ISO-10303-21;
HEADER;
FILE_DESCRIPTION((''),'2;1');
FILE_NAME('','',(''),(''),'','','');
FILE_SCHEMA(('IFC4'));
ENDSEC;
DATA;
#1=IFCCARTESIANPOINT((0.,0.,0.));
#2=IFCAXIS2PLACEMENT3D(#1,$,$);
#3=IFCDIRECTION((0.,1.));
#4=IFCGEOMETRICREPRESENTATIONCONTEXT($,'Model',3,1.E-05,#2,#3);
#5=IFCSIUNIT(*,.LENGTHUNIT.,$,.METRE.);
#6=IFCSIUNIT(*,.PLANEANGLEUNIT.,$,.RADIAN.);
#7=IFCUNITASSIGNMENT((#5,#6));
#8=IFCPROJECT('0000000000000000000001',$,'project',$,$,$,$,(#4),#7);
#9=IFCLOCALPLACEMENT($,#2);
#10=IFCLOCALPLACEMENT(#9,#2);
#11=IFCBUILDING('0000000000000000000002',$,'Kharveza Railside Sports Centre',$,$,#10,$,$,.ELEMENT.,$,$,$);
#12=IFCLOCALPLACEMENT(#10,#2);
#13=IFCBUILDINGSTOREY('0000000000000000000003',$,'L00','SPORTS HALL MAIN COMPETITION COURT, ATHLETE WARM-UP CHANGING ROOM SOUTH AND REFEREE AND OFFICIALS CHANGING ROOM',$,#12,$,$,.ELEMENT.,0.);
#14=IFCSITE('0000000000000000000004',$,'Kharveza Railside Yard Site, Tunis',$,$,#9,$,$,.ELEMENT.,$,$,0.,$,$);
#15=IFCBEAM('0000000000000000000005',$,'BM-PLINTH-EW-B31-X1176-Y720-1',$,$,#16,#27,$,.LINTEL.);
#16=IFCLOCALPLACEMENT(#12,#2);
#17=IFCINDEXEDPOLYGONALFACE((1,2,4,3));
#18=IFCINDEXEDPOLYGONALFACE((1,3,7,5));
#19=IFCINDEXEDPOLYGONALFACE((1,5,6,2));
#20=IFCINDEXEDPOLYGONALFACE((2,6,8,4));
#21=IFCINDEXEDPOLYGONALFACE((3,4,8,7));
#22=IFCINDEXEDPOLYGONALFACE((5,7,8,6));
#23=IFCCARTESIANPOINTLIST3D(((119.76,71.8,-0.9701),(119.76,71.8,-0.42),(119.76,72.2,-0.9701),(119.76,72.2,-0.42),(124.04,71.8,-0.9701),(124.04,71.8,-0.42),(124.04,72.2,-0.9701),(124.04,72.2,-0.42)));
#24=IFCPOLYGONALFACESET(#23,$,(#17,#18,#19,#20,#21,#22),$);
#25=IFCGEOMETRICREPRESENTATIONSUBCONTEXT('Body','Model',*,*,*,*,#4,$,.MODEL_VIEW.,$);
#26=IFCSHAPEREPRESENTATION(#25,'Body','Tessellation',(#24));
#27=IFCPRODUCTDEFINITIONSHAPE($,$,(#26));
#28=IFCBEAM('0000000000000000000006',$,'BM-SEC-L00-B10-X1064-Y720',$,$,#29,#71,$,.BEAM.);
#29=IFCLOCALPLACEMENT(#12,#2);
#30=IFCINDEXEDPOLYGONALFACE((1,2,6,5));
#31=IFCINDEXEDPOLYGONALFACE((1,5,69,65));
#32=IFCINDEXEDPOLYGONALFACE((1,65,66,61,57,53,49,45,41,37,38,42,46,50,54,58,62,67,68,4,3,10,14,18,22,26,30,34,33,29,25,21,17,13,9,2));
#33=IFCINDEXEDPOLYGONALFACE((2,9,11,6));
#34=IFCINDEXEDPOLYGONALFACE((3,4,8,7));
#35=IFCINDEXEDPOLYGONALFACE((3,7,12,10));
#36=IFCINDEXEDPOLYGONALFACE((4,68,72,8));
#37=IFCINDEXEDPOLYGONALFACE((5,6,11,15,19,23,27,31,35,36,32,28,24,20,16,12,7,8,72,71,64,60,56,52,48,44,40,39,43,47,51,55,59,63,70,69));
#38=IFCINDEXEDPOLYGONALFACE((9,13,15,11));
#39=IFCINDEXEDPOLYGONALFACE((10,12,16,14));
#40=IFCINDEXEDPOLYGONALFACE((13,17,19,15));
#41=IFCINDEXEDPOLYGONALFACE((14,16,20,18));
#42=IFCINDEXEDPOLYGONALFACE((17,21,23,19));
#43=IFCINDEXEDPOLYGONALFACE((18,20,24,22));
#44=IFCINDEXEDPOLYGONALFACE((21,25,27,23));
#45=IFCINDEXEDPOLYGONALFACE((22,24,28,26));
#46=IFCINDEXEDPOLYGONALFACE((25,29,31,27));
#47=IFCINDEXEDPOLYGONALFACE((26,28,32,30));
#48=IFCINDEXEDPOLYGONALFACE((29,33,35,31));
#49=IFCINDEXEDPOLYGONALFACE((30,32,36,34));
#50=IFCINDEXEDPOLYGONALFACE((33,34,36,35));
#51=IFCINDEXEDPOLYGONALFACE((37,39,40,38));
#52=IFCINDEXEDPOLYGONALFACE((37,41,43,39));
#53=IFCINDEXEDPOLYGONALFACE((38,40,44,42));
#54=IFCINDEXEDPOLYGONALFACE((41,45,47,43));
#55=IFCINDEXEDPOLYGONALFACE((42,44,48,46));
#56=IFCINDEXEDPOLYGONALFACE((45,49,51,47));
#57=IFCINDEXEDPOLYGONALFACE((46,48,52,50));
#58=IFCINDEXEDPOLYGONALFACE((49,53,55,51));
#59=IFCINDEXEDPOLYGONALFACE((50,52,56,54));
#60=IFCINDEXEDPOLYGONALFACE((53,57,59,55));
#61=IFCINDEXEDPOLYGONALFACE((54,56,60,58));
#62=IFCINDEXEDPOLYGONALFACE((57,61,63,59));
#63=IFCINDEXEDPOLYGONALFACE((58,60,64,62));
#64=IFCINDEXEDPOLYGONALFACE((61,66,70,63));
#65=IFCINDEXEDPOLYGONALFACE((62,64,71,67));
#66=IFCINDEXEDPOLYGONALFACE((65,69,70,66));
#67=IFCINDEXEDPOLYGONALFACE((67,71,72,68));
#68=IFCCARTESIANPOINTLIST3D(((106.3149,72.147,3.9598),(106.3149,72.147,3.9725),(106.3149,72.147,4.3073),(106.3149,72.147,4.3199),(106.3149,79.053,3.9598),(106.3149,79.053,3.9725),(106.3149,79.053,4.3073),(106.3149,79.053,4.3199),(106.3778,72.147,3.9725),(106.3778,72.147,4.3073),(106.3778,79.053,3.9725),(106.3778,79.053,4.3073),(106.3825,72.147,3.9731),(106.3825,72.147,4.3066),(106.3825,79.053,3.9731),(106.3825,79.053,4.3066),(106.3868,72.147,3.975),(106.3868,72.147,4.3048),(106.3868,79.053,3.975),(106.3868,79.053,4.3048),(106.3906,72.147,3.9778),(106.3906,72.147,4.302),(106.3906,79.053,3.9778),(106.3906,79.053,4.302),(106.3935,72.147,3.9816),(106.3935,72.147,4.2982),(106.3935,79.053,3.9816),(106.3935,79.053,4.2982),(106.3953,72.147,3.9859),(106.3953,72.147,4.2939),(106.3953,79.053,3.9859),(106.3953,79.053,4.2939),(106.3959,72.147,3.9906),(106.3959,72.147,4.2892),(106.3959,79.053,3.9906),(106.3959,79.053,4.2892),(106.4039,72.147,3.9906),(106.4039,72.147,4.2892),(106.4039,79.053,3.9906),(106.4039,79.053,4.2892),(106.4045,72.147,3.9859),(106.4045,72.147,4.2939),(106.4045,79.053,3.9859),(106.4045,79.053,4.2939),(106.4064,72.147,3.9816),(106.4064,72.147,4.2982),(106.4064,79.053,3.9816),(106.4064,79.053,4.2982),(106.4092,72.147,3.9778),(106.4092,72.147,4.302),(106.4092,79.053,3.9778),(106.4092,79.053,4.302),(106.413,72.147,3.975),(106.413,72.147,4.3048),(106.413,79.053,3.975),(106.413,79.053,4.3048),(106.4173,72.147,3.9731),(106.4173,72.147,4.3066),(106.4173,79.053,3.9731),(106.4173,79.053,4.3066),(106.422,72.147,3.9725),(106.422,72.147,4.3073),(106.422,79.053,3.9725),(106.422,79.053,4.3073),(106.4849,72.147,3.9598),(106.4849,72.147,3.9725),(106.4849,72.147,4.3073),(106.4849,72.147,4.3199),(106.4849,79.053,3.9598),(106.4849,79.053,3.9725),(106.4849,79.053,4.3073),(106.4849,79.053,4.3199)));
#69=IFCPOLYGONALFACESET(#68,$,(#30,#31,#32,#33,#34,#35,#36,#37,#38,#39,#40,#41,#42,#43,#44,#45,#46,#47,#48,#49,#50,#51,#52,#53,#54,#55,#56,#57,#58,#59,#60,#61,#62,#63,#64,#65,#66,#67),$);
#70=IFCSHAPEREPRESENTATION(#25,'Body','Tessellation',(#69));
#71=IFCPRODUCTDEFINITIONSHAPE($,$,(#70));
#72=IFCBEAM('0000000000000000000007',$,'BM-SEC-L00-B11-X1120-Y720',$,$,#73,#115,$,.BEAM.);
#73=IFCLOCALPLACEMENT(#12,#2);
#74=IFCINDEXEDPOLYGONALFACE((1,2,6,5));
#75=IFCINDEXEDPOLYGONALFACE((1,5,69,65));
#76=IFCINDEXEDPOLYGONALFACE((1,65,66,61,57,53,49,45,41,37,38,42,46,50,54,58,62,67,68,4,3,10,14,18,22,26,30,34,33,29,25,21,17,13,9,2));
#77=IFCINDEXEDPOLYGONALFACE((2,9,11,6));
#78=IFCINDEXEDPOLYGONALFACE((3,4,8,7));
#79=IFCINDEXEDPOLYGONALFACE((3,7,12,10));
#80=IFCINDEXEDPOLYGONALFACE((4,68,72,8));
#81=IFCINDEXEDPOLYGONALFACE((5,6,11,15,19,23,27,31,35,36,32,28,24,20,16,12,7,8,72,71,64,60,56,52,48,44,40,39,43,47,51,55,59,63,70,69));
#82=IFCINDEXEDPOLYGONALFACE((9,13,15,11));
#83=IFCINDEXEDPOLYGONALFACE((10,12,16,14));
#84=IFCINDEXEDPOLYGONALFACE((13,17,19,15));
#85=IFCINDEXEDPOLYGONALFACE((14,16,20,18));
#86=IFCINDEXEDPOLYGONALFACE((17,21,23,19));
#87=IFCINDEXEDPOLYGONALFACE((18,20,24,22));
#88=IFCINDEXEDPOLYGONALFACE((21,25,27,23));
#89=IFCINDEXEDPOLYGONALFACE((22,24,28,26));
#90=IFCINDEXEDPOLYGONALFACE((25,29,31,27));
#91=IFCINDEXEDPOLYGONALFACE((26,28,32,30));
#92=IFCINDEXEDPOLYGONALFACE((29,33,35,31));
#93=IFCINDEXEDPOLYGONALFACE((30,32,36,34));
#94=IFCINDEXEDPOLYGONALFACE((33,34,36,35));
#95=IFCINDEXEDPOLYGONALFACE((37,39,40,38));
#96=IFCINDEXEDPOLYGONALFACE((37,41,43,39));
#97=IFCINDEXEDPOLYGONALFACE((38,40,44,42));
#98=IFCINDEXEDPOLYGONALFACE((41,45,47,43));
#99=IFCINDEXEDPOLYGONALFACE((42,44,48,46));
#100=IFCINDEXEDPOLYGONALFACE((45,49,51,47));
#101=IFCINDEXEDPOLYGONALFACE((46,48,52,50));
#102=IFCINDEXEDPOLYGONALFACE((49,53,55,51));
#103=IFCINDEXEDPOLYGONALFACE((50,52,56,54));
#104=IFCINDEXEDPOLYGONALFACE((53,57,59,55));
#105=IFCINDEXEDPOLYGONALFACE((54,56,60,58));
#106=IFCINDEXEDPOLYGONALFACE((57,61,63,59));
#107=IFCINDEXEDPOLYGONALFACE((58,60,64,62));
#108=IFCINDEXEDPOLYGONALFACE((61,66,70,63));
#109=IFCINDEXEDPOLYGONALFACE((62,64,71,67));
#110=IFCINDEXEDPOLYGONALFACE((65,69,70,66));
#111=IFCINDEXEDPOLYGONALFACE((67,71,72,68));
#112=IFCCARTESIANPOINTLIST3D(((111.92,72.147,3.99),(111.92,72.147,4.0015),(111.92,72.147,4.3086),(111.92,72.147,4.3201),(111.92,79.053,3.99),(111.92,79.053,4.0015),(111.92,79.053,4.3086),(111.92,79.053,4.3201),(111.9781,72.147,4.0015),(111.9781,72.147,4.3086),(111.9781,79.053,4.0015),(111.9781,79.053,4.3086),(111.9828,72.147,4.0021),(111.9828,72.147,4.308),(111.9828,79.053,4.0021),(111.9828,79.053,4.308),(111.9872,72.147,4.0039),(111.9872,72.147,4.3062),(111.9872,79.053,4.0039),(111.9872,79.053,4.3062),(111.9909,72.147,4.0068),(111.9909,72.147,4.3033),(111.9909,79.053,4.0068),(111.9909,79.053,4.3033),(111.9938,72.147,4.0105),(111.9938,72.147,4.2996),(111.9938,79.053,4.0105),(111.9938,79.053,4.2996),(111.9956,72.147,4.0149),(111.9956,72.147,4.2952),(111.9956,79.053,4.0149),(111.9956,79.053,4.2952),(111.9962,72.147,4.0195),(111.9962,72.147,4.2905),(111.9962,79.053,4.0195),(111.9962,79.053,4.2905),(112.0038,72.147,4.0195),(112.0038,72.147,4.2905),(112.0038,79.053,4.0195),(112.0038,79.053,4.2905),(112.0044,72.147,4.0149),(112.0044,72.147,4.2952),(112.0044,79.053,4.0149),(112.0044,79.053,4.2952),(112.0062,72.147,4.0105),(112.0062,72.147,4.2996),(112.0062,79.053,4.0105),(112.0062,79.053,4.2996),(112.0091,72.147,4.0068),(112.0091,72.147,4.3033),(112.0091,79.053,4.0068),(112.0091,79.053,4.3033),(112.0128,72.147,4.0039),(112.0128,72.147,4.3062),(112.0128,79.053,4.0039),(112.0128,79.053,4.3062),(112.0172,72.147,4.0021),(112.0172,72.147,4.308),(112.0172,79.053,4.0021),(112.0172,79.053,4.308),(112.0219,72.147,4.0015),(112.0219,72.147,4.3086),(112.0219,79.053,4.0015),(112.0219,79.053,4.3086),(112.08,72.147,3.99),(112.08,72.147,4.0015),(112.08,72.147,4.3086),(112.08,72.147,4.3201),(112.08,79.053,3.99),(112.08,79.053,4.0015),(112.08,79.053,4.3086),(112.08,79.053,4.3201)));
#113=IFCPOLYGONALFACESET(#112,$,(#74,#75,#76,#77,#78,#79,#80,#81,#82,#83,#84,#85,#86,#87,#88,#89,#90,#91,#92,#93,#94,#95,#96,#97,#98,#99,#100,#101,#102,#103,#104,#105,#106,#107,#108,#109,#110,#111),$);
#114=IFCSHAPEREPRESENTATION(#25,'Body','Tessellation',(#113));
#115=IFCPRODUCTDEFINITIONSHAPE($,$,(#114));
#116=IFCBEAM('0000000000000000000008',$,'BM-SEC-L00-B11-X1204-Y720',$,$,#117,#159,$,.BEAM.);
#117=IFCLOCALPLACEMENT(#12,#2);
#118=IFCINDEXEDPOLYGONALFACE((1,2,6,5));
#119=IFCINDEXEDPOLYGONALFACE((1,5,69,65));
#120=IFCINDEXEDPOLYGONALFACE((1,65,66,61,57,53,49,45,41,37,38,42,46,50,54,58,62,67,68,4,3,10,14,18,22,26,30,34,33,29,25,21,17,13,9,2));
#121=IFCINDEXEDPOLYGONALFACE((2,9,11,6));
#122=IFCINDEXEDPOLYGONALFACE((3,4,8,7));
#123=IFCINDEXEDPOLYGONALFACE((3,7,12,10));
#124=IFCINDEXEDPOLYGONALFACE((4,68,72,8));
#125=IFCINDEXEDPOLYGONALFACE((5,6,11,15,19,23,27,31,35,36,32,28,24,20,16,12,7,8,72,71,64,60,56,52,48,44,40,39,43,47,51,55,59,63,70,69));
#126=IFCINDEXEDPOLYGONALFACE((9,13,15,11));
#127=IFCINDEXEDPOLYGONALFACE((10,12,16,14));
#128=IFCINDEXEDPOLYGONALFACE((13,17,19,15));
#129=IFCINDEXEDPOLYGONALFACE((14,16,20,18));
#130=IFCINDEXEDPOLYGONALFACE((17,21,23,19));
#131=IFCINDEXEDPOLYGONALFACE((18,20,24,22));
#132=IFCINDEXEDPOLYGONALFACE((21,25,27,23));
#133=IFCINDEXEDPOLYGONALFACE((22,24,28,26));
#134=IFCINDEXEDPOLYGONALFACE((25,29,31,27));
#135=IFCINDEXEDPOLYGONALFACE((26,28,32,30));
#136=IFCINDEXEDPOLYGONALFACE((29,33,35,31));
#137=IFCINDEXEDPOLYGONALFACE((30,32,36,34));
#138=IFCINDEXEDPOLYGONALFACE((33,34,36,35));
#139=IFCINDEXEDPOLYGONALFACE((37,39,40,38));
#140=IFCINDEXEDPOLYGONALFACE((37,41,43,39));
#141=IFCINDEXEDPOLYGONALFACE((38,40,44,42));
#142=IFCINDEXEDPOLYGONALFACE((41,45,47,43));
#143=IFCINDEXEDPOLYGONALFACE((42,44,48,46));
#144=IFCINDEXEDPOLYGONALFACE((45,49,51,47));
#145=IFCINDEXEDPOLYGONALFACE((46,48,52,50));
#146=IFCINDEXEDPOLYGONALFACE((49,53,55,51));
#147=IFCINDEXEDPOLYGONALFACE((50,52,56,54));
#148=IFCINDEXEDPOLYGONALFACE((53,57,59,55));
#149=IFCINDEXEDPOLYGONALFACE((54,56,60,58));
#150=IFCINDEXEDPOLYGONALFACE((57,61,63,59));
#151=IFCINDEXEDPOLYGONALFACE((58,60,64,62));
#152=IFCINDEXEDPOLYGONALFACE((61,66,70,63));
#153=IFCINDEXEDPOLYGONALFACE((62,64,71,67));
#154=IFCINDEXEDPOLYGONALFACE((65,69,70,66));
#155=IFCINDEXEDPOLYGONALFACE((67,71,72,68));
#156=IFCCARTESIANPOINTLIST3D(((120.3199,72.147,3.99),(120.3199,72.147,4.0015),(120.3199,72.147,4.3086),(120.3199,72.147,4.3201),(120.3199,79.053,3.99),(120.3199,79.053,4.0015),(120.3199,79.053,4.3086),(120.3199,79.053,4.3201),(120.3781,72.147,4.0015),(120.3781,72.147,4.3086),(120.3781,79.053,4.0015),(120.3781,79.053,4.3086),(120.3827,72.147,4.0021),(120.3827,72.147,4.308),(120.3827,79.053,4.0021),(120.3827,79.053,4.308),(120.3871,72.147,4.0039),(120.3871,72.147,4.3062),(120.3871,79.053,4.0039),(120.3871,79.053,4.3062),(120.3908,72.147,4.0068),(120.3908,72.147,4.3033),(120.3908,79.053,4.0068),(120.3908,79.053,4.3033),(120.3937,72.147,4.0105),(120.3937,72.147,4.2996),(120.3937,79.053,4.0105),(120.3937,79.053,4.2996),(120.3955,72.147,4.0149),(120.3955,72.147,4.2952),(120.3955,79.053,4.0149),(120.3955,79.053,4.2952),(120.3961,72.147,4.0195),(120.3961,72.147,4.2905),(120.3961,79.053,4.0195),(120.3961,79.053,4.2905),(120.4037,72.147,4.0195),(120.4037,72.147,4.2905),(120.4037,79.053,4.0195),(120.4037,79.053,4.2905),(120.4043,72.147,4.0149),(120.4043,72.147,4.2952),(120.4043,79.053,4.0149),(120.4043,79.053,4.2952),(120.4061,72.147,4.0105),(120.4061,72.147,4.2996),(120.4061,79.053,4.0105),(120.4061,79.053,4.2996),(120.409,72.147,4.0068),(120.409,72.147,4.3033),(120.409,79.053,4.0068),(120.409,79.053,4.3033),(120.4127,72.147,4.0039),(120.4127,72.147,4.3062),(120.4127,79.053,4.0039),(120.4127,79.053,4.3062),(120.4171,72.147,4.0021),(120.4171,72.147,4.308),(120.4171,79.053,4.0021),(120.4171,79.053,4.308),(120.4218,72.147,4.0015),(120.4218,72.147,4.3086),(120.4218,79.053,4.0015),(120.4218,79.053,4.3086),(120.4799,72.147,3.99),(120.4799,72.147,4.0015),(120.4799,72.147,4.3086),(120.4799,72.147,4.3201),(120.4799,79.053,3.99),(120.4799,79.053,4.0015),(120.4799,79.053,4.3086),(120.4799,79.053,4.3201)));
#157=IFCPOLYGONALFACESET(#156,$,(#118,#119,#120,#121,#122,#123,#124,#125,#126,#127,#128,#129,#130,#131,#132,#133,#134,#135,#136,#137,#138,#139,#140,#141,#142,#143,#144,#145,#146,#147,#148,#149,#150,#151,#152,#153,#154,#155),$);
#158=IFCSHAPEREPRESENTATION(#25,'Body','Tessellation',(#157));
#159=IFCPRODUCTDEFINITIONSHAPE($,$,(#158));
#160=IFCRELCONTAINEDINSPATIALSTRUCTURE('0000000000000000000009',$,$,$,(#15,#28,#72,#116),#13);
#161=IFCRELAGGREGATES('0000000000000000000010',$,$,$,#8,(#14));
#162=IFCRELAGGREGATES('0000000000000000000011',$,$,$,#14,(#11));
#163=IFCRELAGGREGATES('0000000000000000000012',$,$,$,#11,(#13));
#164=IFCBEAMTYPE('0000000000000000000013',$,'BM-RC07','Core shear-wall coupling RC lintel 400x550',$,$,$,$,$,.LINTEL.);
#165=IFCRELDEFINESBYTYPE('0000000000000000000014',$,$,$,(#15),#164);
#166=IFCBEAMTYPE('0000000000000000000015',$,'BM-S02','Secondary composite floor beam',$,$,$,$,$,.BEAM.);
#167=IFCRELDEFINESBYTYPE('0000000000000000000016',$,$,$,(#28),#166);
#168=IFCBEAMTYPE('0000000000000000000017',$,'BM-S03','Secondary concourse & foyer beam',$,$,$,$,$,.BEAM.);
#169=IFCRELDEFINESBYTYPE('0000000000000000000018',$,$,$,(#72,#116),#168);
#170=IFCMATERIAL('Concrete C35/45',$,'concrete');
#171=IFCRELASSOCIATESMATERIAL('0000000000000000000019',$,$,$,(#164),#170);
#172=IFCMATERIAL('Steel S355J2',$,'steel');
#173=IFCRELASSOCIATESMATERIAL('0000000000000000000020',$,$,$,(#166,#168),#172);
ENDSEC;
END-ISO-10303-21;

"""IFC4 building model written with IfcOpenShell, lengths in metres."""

from ifc_helpers import new_model, si_unit, direction, frame, origin, origin_2d, place, context, subcontext, project, spatial, rectangle, i_section, extrude, material, material_profile, profile_set, type_object, element, save


model = new_model("IFC4")

# Units and contexts
model_context = context("Model", 3, precision=1e-05, world=origin(), true_north=direction((0.0, 1.0)))
body_context = subcontext(model_context, "Body", "Model", "MODEL_VIEW")
ifc_project = project(units=[si_unit("LENGTHUNIT", "METRE"), si_unit("PLANEANGLEUNIT", "RADIAN")], contexts=[model_context])

# Site, building, storey
site_placement = place(None, origin())
site = spatial("IfcSite", under=ifc_project, at=site_placement, Name="Kharveza Railside Yard Site, Tunis", CompositionType="ELEMENT", RefElevation=0.0)
building_placement = place(site_placement, origin())
building = spatial("IfcBuilding", under=site, at=building_placement, Name="Kharveza Railside Sports Centre", CompositionType="ELEMENT")
storey_placement = place(building_placement, origin())
storey = spatial("IfcBuildingStorey", under=building, at=storey_placement, Name="L00", Description="SPORTS HALL MAIN COMPETITION COURT, ATHLETE WARM-UP CHANGING ROOM SOUTH AND REFEREE AND OFFICIALS CHANGING ROOM", CompositionType="ELEMENT", Elevation=0.0)

# Shared definitions
ifc_material_1 = material(Name="Concrete C35/45", Category="concrete")

# Shared definitions
ifc_material_2 = material(Name="Steel S355J2", Category="steel")

# Beams
ifc_material_profile_1 = material_profile(ifc_material_1, rectangle(XDim=0.3999, YDim=0.55, at=origin_2d()), Name="RCB 400x550")
ifc_profile_set_1 = profile_set([ifc_material_profile_1], Name="Concrete C35/45")
beam_type_1 = type_object("IfcBeamType", Name="BM-RC07", Description="Core shear-wall coupling RC lintel 400x550", PredefinedType="LINTEL", material=ifc_profile_set_1)
beam_1_placement = place(storey_placement, frame((119.76, 72.0, -0.6951), z_axis=(1.0, 0.0, 0.0), x_axis=(0.0, 1.0, 0.0)))
element("IfcBeam", 1, at=beam_1_placement, inside=storey, type_object=beam_type_1, Name="BM-PLINTH-EW-B31-X1176-Y720-1", PredefinedType="LINTEL", context=body_context, shape_type="SweptSolid", body=[
    extrude(rectangle(XDim=0.3999, YDim=0.55, at=origin_2d()), origin(), (0.0, 0.0, 1.0), 4.28),
])
ifc_material_profile_2 = material_profile(ifc_material_2, i_section(OverallWidth=0.1699, OverallDepth=0.3601, WebThickness=0.0081, FlangeThickness=0.0127, FilletRadius=0.0181, at=origin_2d()), Name="IPE 360")
ifc_profile_set_2 = profile_set([ifc_material_profile_2], Name="Steel S355J2")
beam_type_2 = type_object("IfcBeamType", Name="BM-S02", Description="Secondary composite floor beam", PredefinedType="BEAM", material=ifc_profile_set_2)
beam_2_placement = place(storey_placement, frame((106.3999, 72.147, 4.1399), z_axis=(0.0, 1.0, 0.0), x_axis=(-1.0, 0.0, 0.0)))
element("IfcBeam", 2, at=beam_2_placement, inside=storey, type_object=beam_type_2, Name="BM-SEC-L00-B10-X1064-Y720", PredefinedType="BEAM", context=body_context, shape_type="SweptSolid", body=[
    extrude(i_section(OverallWidth=0.1699, OverallDepth=0.3601, WebThickness=0.0081, FlangeThickness=0.0127, FilletRadius=0.0181, at=origin_2d()), origin(), (0.0, 0.0, 1.0), 6.906),
])
ifc_material_profile_3 = material_profile(ifc_material_2, i_section(OverallWidth=0.1599, OverallDepth=0.3301, WebThickness=0.0076, FlangeThickness=0.0115, FilletRadius=0.0181, at=origin_2d()), Name="IPE 330")
ifc_profile_set_3 = profile_set([ifc_material_profile_3], Name="Steel S355J2")
beam_type_3 = type_object("IfcBeamType", Name="BM-S03", Description="Secondary concourse & foyer beam", PredefinedType="BEAM", material=ifc_profile_set_3)
for number, where, z_axis, x_axis, name in (
    (3, (112.0, 72.147, 4.155), (0.0, 1.0, 0.0), (-1.0, 0.0, 0.0), "BM-SEC-L00-B11-X1120-Y720"),
    (4, (120.3999, 72.147, 4.155), (0.0, 1.0, 0.0), (-1.0, 0.0, 0.0), "BM-SEC-L00-B11-X1204-Y720"),
):
    element("IfcBeam", number, at=place(storey_placement, frame(where, z_axis=z_axis, x_axis=x_axis)), inside=storey, type_object=beam_type_3, Name=name, PredefinedType="BEAM", context=body_context, shape_type="SweptSolid", body=[
        extrude(i_section(OverallWidth=0.1599, OverallDepth=0.3301, WebThickness=0.0076, FlangeThickness=0.0115, FilletRadius=0.0181, at=origin_2d()), origin(), (0.0, 0.0, 1.0), 6.906),
    ])

save(model, "model.ifc")
